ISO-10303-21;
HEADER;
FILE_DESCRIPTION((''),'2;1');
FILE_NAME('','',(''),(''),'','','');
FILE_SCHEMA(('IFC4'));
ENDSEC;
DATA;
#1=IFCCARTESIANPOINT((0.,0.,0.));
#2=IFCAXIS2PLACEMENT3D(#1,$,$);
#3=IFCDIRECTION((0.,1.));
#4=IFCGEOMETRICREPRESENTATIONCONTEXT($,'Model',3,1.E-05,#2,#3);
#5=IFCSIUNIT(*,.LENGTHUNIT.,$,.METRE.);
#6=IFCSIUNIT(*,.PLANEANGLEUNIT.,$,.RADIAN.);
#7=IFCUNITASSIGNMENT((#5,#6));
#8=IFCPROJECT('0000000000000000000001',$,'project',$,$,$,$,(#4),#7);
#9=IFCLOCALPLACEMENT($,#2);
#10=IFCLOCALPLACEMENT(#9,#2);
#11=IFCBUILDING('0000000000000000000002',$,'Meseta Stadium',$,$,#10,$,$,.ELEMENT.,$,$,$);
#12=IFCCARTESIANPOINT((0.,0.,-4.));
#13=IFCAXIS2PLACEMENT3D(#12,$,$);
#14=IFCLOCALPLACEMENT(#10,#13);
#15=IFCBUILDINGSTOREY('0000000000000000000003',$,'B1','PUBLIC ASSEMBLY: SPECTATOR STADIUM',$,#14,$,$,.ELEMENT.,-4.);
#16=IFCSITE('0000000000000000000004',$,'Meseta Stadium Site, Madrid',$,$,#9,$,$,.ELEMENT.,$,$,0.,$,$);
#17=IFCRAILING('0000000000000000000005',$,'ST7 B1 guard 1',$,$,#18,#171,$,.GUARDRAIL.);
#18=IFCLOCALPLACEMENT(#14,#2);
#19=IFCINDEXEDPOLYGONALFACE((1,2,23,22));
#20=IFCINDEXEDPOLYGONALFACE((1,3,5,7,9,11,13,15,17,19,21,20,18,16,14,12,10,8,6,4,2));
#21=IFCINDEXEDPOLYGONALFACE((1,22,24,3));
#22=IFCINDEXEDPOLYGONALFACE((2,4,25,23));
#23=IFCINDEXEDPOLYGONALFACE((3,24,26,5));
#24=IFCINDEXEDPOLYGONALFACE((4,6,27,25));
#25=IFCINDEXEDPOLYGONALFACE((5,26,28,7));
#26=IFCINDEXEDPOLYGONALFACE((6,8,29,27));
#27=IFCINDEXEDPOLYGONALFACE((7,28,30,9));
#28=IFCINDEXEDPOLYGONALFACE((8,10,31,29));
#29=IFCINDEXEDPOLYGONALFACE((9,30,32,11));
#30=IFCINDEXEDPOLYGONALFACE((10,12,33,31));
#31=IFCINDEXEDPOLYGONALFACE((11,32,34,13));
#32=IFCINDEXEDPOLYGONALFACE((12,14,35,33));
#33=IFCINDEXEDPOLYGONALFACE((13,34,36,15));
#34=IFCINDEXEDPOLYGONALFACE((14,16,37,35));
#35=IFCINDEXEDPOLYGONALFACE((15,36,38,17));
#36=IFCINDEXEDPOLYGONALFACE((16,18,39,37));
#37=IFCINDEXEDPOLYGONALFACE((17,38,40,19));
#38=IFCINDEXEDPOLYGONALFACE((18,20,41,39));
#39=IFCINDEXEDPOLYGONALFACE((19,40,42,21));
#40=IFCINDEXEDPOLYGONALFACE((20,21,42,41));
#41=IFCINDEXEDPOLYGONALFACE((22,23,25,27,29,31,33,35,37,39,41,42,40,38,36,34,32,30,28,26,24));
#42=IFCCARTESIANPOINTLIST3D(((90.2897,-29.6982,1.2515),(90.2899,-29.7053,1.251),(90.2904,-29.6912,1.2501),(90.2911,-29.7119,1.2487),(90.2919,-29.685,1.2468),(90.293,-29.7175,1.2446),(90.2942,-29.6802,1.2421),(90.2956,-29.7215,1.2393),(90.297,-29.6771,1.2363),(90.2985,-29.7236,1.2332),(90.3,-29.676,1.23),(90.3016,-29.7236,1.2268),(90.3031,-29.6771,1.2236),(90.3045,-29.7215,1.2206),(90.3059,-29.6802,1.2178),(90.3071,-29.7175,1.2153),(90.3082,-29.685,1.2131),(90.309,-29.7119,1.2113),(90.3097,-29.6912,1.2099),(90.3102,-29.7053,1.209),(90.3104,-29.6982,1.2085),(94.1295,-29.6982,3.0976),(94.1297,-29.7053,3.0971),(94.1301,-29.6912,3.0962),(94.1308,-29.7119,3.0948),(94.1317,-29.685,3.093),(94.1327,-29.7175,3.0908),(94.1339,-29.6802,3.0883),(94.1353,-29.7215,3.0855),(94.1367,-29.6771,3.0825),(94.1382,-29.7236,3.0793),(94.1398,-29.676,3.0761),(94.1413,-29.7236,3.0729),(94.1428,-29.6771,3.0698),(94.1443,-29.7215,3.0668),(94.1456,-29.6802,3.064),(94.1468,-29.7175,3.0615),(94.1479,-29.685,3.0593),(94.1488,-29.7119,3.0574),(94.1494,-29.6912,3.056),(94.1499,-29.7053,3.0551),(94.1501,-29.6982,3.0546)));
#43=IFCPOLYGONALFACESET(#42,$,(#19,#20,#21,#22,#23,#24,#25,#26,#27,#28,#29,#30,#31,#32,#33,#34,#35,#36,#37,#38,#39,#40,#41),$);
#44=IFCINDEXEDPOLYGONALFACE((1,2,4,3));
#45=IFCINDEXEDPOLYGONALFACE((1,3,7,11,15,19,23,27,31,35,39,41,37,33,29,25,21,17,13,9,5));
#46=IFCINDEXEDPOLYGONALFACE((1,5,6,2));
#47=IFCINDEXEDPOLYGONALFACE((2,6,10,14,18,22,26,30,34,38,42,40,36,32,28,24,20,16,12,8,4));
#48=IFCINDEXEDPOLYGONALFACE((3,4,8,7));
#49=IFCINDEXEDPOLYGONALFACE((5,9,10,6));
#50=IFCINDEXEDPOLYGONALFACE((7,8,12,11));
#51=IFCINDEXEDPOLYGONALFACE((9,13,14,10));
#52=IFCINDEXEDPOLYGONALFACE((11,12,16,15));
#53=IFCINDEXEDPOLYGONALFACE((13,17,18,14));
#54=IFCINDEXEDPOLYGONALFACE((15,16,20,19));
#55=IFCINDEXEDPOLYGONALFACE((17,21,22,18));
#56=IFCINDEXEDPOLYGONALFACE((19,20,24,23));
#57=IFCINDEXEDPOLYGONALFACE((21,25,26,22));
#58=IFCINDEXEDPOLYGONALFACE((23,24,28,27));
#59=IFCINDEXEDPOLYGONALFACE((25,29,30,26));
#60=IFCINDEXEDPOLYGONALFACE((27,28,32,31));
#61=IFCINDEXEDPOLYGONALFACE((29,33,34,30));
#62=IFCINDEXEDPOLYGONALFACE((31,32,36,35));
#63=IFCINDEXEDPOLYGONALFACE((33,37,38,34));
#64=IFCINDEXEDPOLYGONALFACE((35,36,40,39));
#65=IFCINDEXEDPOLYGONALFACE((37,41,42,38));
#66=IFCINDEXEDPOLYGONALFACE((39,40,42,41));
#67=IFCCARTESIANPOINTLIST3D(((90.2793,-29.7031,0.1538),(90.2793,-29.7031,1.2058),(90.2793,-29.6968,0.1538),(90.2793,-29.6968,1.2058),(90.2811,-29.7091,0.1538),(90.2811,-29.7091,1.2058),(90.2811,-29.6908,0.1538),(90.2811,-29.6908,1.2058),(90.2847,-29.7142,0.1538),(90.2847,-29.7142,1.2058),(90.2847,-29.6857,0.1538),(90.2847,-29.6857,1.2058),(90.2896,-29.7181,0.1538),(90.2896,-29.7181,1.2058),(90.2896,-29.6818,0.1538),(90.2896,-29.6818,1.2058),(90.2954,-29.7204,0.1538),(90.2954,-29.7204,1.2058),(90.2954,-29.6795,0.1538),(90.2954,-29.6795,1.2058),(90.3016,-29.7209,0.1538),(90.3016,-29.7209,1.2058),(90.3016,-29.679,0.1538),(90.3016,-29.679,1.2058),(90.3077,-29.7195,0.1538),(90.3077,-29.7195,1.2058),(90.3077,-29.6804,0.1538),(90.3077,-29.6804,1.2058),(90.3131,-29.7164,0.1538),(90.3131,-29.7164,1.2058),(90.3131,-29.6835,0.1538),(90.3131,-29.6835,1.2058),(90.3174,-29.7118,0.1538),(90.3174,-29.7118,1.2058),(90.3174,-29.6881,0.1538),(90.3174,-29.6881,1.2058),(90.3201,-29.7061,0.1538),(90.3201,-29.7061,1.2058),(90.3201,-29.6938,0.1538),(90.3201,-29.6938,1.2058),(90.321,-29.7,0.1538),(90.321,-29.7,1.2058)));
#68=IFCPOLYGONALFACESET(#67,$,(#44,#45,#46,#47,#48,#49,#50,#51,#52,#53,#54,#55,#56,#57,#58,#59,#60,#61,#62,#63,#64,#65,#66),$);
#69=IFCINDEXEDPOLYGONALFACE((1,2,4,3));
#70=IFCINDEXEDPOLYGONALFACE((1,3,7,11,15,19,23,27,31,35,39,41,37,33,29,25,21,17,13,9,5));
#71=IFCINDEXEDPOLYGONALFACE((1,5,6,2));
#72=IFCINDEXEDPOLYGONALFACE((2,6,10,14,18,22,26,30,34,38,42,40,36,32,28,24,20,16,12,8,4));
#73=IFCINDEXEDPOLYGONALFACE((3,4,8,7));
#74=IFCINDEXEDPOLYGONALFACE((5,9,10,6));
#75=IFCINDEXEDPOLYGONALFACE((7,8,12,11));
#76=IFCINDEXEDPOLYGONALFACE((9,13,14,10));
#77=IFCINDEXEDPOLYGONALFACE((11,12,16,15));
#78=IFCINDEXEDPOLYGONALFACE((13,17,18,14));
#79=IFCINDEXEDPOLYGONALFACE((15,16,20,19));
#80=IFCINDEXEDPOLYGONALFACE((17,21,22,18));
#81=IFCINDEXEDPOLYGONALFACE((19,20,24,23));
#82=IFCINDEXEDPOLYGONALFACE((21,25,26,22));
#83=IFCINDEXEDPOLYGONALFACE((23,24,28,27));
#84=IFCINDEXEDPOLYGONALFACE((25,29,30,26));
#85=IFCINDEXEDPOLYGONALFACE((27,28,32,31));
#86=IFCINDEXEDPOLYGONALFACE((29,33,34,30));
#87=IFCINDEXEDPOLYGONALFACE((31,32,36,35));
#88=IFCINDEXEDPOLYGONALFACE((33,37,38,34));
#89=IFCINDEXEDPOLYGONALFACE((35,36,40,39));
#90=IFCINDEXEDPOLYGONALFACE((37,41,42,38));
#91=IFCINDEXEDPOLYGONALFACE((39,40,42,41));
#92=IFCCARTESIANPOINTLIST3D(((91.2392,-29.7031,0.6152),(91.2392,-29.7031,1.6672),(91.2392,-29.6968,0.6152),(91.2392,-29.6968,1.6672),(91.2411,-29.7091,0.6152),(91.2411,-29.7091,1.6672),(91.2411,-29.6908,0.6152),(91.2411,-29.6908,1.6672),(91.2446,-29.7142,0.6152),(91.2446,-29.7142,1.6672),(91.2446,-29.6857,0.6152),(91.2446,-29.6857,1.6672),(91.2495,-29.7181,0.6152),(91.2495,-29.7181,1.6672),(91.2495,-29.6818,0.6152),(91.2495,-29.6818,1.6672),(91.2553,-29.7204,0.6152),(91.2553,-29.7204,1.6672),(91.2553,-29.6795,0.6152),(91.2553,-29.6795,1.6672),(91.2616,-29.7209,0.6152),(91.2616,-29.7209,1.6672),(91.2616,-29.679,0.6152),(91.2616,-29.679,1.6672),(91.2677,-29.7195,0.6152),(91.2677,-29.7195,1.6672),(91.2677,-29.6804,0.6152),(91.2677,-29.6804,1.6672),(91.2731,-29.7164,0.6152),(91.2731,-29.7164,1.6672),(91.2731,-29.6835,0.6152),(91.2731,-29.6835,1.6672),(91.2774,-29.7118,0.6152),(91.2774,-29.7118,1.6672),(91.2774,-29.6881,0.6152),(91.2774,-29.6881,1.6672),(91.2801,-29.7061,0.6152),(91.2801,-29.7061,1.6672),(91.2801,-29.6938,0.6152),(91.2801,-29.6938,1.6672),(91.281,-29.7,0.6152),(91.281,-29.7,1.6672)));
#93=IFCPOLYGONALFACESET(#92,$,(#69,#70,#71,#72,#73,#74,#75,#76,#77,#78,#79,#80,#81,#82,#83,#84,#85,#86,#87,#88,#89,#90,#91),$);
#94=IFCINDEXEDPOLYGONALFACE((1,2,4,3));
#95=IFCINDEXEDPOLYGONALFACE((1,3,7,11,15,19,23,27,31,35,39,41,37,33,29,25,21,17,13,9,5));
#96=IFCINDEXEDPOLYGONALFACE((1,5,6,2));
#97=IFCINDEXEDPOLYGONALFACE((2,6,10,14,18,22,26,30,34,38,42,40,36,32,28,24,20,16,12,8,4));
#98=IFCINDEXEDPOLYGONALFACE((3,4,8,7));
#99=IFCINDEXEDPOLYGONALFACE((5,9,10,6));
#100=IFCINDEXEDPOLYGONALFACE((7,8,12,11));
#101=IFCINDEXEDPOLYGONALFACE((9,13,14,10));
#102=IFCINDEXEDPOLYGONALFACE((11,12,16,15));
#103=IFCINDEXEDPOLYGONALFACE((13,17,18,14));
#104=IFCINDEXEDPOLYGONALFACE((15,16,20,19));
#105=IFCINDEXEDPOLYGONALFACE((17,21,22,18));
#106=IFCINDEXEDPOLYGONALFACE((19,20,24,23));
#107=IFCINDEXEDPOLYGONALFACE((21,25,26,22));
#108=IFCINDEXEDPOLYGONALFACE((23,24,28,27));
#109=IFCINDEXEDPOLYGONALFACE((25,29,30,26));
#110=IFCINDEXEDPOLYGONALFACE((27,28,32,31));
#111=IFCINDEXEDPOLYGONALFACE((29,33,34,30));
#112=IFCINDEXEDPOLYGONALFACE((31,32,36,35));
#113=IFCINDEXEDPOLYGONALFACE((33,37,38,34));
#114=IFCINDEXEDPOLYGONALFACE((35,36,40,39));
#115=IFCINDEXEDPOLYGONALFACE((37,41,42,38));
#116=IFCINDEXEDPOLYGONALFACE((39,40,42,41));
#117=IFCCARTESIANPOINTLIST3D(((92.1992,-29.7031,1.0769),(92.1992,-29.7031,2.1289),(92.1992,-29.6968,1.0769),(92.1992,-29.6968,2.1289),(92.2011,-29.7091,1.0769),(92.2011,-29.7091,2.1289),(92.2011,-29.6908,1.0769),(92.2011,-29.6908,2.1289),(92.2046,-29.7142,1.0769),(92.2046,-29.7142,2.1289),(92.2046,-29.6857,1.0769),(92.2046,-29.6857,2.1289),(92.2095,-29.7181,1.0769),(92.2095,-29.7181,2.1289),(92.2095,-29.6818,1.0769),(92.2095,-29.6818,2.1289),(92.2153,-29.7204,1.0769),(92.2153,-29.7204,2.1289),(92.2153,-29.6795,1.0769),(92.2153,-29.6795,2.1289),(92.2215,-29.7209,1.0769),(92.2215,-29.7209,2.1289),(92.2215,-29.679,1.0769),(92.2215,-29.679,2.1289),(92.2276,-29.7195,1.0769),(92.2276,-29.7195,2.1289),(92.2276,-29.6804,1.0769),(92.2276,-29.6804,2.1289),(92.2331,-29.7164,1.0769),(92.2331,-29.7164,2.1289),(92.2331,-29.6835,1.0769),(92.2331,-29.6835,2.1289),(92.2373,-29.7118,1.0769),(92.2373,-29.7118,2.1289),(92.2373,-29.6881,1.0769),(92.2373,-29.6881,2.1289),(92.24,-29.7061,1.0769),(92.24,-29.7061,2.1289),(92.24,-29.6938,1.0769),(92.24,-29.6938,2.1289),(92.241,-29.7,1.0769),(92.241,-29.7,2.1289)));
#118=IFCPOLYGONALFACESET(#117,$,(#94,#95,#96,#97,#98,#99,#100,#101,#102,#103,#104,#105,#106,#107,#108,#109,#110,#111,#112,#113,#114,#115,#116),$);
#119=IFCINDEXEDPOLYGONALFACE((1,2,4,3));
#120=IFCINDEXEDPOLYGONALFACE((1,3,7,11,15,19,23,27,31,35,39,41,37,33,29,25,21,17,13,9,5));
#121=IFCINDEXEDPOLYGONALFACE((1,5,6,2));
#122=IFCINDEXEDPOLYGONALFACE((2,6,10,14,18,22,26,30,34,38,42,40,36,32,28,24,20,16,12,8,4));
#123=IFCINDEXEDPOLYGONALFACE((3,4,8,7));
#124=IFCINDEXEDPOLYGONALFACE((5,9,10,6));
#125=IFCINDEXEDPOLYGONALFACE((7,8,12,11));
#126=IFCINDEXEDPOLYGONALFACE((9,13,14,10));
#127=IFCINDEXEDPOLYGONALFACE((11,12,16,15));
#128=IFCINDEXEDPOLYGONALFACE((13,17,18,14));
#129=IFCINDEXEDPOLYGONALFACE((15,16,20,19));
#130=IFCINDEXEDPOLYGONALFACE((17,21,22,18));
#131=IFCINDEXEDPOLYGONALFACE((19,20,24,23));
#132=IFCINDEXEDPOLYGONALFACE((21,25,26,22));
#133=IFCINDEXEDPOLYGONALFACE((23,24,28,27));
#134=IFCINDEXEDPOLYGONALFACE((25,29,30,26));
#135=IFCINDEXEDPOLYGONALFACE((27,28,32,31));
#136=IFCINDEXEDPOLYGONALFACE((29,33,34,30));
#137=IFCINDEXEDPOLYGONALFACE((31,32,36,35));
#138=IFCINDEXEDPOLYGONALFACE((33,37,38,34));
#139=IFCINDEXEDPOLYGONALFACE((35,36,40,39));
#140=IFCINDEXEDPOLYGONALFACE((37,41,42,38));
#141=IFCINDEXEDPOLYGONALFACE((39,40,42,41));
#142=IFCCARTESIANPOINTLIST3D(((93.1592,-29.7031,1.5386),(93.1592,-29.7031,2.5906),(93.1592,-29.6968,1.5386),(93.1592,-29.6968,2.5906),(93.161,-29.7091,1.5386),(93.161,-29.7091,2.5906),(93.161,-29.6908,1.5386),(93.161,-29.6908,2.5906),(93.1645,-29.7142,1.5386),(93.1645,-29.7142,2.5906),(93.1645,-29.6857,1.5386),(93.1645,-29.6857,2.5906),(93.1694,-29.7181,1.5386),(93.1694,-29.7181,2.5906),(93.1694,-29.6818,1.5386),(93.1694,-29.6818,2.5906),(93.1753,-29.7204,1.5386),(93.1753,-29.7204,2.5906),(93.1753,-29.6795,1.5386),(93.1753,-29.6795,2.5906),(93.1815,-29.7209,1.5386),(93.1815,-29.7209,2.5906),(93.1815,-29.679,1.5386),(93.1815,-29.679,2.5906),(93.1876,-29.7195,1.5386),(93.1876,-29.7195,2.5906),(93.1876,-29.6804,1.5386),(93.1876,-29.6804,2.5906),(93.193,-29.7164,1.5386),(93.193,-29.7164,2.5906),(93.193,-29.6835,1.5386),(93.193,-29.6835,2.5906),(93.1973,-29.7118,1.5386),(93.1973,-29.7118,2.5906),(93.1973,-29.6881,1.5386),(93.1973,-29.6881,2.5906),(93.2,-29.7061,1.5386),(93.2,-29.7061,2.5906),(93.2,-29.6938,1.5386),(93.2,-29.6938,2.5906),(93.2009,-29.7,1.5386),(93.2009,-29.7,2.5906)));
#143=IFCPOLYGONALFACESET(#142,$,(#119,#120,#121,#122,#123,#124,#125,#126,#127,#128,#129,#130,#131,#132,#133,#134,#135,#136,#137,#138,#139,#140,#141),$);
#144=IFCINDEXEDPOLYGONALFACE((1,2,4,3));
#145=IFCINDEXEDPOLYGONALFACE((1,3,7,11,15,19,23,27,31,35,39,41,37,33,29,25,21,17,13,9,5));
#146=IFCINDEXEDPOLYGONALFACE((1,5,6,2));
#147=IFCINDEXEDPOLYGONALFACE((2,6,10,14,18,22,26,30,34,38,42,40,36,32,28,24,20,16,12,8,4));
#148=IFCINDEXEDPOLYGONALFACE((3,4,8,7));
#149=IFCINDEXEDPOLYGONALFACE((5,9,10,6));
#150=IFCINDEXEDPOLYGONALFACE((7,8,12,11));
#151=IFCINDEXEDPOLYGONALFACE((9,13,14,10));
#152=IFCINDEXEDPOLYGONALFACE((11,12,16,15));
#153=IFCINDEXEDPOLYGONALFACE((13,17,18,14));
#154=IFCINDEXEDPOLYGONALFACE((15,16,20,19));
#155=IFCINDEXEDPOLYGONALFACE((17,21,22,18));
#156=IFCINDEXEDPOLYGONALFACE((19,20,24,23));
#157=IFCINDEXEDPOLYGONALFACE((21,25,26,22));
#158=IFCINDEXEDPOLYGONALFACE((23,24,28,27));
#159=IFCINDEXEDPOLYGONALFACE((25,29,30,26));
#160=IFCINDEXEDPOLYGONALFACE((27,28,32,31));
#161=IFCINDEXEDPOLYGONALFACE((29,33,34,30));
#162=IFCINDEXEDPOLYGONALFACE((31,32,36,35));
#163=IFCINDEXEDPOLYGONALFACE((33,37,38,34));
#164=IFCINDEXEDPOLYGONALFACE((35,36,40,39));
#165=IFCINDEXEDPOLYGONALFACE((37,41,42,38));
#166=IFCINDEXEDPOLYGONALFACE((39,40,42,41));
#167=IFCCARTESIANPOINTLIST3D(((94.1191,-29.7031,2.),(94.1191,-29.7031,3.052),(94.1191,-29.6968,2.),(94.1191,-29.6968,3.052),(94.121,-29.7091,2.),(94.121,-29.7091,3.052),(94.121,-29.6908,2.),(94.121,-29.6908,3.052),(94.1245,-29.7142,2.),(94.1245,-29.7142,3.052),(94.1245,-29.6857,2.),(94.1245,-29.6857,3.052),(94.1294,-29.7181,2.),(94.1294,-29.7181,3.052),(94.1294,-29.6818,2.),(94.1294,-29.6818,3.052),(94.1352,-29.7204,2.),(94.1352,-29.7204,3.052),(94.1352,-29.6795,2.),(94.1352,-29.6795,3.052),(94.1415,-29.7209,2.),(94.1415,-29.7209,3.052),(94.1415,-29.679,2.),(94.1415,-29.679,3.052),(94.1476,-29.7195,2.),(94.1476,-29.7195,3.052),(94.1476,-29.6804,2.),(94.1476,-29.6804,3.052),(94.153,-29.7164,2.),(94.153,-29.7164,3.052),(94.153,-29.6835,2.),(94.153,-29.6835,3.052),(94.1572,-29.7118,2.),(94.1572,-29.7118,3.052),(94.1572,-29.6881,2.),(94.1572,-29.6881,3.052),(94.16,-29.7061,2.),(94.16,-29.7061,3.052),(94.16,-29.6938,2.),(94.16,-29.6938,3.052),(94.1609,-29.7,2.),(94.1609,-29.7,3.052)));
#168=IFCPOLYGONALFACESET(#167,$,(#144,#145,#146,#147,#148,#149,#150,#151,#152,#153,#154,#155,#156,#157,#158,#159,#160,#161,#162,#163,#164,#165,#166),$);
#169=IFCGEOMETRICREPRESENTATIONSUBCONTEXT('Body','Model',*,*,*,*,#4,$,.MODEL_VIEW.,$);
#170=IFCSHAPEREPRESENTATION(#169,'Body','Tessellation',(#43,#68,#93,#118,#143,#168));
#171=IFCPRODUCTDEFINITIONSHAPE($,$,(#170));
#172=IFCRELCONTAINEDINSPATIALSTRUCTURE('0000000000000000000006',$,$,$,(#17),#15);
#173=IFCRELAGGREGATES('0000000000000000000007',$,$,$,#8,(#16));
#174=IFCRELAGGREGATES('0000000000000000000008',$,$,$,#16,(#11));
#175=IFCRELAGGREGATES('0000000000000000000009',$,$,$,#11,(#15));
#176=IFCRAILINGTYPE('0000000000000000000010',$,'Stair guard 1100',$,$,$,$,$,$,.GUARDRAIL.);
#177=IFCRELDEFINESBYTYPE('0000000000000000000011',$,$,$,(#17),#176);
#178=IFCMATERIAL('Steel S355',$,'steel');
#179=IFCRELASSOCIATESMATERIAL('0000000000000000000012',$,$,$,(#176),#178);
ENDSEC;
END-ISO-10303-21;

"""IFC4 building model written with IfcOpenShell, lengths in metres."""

from ifc_helpers import new_model, si_unit, direction, frame, origin, origin_2d, place, context, subcontext, project, spatial, circle, extrude, material, type_object, element, save


model = new_model("IFC4")

# Units and contexts
model_context = context("Model", 3, precision=1e-05, world=origin(), true_north=direction((0.0, 1.0)))
body_context = subcontext(model_context, "Body", "Model", "MODEL_VIEW")
ifc_project = project(units=[si_unit("LENGTHUNIT", "METRE"), si_unit("PLANEANGLEUNIT", "RADIAN")], contexts=[model_context])

# Site, building, storey
site_placement = place(None, origin())
site = spatial("IfcSite", under=ifc_project, at=site_placement, Name="Meseta Stadium Site, Madrid", CompositionType="ELEMENT", RefElevation=0.0)
building_placement = place(site_placement, origin())
building = spatial("IfcBuilding", under=site, at=building_placement, Name="Meseta Stadium", CompositionType="ELEMENT")
storey_placement = place(building_placement, frame((0.0, 0.0, -4.0)))
storey = spatial("IfcBuildingStorey", under=building, at=storey_placement, Name="B1", Description="PUBLIC ASSEMBLY: SPECTATOR STADIUM", CompositionType="ELEMENT", Elevation=-4.0)

# Railing
ifc_material_1 = material(Name="Steel S355", Category="steel")
railing_type_1 = type_object("IfcRailingType", Name="Stair guard 1100", PredefinedType="GUARDRAIL", material=ifc_material_1)
railing_1_placement = place(storey_placement, frame((90.3, -29.7, 0.1538)))
element("IfcRailing", 1, at=railing_1_placement, inside=storey, type_object=railing_type_1, Name="ST7 B1 guard 1", PredefinedType="GUARDRAIL", context=body_context, shape_type="SweptSolid", body=[
    extrude(circle(Radius=0.0239, at=origin_2d()), frame((0.0, 0.0, 1.0762), z_axis=(0.901242, 0.0, 0.433316), x_axis=(0.0, 1.0, 0.0)), (0.0, 0.0, 1.0), 4.2605),
    extrude(circle(Radius=0.021, at=origin_2d()), origin(), (0.0, 0.0, 1.0), 1.052),
    extrude(circle(Radius=0.021, at=origin_2d()), frame((0.96, 0.0, 0.4614)), (0.0, 0.0, 1.0), 1.052),
    extrude(circle(Radius=0.021, at=origin_2d()), frame((1.9199, 0.0, 0.9231)), (0.0, 0.0, 1.0), 1.052),
    extrude(circle(Radius=0.021, at=origin_2d()), frame((2.8799, 0.0, 1.3848)), (0.0, 0.0, 1.0), 1.052),
    extrude(circle(Radius=0.021, at=origin_2d()), frame((3.8398, 0.0, 1.8462)), (0.0, 0.0, 1.0), 1.052),
])

save(model, "model.ifc")
